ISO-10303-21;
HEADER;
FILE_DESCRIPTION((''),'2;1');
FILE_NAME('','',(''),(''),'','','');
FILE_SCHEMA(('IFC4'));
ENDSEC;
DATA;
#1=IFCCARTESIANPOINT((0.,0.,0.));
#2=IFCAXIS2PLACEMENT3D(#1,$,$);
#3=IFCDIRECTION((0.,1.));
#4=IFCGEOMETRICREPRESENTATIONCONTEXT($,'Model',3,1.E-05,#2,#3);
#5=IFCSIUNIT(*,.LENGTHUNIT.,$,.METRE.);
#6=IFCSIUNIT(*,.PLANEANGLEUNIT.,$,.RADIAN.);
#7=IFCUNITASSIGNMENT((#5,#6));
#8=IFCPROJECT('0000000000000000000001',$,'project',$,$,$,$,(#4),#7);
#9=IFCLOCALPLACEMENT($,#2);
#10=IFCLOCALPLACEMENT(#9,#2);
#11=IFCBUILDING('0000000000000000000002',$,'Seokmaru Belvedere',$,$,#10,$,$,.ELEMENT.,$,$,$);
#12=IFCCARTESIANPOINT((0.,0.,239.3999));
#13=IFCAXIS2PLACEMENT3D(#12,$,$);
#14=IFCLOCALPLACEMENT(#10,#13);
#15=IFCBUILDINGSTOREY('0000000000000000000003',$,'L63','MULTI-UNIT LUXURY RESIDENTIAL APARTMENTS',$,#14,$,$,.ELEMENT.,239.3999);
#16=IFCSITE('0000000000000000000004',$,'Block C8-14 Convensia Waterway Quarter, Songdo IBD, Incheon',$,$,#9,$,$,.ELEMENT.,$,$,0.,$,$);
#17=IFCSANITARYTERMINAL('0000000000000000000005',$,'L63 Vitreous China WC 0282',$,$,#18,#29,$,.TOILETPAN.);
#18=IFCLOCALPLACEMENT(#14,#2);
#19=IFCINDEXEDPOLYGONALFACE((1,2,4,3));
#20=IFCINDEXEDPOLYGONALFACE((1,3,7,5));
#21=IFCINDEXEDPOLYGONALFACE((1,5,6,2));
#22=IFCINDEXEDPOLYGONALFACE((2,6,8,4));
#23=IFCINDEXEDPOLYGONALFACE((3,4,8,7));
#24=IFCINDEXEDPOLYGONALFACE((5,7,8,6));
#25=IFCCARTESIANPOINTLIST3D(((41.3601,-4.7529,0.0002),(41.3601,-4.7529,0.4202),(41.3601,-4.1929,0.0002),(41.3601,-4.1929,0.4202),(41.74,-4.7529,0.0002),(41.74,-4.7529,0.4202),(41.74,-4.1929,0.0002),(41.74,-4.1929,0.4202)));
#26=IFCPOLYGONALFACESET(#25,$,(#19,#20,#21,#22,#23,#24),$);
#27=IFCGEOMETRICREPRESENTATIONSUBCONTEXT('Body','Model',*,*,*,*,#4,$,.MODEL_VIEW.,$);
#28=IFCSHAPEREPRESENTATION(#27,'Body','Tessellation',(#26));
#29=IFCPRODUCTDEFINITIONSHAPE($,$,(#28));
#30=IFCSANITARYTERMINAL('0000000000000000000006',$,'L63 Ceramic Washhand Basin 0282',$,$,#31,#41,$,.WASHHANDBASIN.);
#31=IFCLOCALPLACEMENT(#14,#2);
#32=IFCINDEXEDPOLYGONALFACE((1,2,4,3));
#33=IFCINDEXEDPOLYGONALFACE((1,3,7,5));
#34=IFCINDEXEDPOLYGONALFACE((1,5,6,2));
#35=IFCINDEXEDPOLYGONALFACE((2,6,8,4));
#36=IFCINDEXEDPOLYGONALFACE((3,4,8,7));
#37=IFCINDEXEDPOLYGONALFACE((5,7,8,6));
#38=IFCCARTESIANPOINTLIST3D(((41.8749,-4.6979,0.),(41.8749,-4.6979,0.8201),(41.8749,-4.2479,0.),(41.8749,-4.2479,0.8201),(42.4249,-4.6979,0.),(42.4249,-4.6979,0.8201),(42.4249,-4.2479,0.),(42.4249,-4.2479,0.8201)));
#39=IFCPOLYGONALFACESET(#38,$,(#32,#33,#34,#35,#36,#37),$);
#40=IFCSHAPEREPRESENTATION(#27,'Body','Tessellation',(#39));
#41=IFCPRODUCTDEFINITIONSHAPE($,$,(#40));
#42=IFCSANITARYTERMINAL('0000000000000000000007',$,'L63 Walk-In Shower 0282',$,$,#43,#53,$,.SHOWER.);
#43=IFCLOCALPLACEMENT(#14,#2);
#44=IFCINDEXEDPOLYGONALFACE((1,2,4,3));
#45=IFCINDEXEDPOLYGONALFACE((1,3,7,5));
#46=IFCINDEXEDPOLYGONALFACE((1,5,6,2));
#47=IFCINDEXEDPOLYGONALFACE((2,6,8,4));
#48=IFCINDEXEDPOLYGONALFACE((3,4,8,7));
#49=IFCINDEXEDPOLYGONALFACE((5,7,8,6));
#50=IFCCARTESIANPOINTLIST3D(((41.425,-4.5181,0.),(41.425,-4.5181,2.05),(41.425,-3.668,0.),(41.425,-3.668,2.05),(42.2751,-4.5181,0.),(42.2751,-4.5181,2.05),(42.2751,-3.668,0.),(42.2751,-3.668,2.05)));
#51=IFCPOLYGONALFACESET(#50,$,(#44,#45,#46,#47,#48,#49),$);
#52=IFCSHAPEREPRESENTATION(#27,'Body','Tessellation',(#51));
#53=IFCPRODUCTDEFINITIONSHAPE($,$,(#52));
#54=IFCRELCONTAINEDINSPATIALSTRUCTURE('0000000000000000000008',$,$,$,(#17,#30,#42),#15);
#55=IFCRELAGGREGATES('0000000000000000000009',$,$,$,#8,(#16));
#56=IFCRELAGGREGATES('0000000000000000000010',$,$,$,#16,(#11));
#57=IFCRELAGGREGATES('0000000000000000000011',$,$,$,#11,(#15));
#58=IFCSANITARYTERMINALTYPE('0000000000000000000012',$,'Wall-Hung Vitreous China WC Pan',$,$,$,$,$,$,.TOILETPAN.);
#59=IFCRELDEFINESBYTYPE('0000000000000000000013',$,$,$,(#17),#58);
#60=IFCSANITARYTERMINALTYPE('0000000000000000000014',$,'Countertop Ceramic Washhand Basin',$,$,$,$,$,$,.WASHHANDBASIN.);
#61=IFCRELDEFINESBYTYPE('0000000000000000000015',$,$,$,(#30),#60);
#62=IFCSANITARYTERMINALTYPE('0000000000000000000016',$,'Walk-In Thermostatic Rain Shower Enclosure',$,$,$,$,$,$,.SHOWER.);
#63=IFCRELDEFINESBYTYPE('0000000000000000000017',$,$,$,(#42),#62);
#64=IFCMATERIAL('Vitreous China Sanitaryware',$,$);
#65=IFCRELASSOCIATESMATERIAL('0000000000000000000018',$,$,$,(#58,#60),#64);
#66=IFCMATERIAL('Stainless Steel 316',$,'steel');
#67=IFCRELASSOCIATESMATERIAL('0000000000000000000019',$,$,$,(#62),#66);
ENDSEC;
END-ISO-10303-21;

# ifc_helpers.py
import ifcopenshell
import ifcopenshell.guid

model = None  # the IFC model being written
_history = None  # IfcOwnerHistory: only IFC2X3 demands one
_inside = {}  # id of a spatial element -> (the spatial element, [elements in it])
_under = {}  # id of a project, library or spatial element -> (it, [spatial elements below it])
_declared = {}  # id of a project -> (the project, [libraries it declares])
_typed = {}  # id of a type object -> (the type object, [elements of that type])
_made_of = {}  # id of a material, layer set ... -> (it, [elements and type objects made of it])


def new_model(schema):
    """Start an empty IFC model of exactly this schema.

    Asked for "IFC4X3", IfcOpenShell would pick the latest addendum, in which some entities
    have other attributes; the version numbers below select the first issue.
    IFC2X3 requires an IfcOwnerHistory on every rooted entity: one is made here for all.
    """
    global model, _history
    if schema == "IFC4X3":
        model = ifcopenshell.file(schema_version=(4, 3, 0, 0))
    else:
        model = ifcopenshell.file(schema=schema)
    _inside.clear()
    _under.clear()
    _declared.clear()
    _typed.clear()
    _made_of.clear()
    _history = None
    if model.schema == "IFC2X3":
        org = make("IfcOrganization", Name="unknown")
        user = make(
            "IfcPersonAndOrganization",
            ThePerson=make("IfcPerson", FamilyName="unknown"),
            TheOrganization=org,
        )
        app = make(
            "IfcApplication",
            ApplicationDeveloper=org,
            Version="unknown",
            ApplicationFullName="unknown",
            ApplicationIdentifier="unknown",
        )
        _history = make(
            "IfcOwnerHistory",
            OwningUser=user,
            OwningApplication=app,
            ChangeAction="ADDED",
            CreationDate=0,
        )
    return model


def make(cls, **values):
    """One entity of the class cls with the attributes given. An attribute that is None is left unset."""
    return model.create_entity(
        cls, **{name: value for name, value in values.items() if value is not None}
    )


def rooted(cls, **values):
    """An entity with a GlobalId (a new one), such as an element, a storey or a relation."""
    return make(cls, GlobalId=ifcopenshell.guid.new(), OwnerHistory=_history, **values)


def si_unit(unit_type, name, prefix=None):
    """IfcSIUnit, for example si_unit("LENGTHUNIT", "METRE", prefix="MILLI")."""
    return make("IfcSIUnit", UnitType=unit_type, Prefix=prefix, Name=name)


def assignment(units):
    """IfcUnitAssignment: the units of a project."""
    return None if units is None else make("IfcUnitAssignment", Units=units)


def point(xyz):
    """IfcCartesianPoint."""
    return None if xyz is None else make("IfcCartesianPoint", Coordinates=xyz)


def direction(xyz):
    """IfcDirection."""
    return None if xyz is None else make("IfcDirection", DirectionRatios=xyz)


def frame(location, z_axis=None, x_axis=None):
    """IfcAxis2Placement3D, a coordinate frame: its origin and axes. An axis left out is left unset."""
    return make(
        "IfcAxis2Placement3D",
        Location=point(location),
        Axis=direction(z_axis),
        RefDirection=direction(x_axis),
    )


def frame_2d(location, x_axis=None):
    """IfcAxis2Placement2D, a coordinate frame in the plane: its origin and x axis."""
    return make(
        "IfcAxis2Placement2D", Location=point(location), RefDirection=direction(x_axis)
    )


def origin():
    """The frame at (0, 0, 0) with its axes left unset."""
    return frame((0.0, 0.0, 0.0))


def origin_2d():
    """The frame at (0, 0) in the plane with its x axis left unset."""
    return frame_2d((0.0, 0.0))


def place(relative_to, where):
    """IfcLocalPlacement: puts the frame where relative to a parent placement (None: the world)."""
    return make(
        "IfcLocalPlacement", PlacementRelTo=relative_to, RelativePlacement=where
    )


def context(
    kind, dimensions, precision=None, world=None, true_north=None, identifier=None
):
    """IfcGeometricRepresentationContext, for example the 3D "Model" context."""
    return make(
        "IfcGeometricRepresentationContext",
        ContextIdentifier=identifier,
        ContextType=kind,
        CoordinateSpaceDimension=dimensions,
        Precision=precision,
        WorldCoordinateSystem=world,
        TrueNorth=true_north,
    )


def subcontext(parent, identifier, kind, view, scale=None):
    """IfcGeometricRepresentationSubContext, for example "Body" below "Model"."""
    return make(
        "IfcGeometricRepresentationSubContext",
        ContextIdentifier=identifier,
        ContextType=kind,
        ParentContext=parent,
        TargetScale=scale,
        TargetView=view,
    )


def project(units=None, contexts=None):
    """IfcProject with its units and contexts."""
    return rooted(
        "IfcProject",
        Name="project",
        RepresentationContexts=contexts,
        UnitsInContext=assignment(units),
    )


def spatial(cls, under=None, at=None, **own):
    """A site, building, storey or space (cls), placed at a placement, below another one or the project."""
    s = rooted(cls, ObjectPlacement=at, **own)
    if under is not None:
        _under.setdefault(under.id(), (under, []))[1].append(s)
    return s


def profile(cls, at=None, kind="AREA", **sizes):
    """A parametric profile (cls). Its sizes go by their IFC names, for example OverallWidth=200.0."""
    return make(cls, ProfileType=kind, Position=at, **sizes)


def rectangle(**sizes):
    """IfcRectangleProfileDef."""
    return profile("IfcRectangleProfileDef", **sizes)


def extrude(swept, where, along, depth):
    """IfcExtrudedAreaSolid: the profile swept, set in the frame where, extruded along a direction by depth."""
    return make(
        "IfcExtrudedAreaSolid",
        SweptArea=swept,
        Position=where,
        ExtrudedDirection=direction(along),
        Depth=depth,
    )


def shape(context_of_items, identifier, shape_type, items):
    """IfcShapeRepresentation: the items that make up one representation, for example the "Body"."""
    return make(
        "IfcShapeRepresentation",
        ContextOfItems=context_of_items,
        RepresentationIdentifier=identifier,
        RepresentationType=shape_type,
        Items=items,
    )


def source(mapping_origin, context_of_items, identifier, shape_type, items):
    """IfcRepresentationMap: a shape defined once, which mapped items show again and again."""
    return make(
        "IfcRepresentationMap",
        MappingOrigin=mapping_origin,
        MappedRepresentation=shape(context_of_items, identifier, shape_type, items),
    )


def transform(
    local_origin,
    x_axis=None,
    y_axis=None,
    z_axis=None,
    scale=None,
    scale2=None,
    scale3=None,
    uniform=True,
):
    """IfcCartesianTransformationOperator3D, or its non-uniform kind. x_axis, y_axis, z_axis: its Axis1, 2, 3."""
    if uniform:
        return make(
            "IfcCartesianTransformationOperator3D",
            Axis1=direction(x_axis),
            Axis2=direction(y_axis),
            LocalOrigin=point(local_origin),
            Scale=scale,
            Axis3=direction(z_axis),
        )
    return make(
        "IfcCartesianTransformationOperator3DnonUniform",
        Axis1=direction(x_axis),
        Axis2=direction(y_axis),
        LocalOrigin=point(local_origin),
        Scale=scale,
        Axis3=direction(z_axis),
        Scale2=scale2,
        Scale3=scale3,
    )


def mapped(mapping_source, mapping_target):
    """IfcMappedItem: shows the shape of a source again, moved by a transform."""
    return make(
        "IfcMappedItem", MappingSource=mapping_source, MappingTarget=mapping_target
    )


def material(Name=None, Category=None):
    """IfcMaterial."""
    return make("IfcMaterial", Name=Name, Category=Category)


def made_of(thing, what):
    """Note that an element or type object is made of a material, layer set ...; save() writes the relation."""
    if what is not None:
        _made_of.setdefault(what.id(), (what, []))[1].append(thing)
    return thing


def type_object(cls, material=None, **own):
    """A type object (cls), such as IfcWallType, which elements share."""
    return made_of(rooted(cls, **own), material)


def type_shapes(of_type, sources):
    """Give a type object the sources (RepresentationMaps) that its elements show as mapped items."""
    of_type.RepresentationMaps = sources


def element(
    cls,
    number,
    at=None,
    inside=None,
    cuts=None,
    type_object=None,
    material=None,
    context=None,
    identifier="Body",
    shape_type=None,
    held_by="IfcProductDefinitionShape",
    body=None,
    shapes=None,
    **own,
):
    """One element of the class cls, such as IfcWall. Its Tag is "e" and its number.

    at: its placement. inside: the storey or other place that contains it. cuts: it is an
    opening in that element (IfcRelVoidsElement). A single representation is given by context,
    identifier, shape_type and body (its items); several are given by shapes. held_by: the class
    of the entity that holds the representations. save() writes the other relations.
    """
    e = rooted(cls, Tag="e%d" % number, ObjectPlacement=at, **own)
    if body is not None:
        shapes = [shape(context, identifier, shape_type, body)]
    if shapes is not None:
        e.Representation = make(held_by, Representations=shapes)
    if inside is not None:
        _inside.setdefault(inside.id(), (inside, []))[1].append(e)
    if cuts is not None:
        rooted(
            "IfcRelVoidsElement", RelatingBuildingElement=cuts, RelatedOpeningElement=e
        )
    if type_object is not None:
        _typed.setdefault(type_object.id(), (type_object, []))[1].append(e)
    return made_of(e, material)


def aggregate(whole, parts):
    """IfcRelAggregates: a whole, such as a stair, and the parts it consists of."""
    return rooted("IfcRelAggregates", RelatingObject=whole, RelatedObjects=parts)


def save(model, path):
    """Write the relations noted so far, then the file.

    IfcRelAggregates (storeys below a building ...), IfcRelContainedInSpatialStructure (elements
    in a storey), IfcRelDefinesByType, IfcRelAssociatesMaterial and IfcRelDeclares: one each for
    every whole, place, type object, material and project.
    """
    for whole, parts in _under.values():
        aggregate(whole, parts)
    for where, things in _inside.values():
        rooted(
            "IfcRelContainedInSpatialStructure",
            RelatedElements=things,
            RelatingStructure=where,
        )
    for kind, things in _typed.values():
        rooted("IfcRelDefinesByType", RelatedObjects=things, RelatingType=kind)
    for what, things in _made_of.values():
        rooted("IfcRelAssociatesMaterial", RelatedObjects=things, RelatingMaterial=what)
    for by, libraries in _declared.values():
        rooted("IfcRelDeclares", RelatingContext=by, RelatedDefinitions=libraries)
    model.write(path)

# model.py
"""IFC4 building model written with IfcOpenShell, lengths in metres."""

from ifc_helpers import new_model, si_unit, direction, frame, origin, origin_2d, place, context, subcontext, project, spatial, rectangle, extrude, source, transform, mapped, material, type_object, type_shapes, element, save


model = new_model("IFC4")

# Units and contexts
model_context = context("Model", 3, precision=1e-05, world=origin(), true_north=direction((0.0, 1.0)))
body_context = subcontext(model_context, "Body", "Model", "MODEL_VIEW")
ifc_project = project(units=[si_unit("LENGTHUNIT", "METRE"), si_unit("PLANEANGLEUNIT", "RADIAN")], contexts=[model_context])

# Site, building, storey
site_placement = place(None, origin())
site = spatial("IfcSite", under=ifc_project, at=site_placement, Name="Block C8-14 Convensia Waterway Quarter, Songdo IBD, Incheon", CompositionType="ELEMENT", RefElevation=0.0)
building_placement = place(site_placement, origin())
building = spatial("IfcBuilding", under=site, at=building_placement, Name="Seokmaru Belvedere", CompositionType="ELEMENT")
storey_placement = place(building_placement, frame((0.0, 0.0, 239.3999)))
storey = spatial("IfcBuildingStorey", under=building, at=storey_placement, Name="L63", Description="MULTI-UNIT LUXURY RESIDENTIAL APARTMENTS", CompositionType="ELEMENT", Elevation=239.3999)

# Sanitary terminals
ifc_material_1 = material(Name="Vitreous China Sanitaryware")
sanitary_terminal_type_1 = type_object("IfcSanitaryTerminalType", Name="Wall-Hung Vitreous China WC Pan", PredefinedType="TOILETPAN", material=ifc_material_1)
shared_shape_1 = source(origin(), body_context, "Body", "SweptSolid", [
    extrude(rectangle(XDim=0.3799, YDim=0.5601, at=origin_2d()), origin(), (0.0, 0.0, 1.0), 0.4199),
])
type_shapes(sanitary_terminal_type_1, [shared_shape_1])
sanitary_terminal_1_placement = place(storey_placement, frame((41.55, -4.4729, 0.0002), z_axis=(0.0, 0.0, 1.0), x_axis=(1.0, 0.0, 0.0)))
element("IfcSanitaryTerminal", 1, at=sanitary_terminal_1_placement, inside=storey, type_object=sanitary_terminal_type_1, Name="L63 Vitreous China WC 0282", PredefinedType="TOILETPAN", context=body_context, shape_type="MappedRepresentation", body=[
    mapped(shared_shape_1, transform((0.0, 0.0, 0.0), scale=1.0)),
])
sanitary_terminal_type_2 = type_object("IfcSanitaryTerminalType", Name="Countertop Ceramic Washhand Basin", PredefinedType="WASHHANDBASIN", material=ifc_material_1)
shared_shape_2 = source(origin(), body_context, "Body", "SweptSolid", [
    extrude(rectangle(XDim=0.55, YDim=0.45, at=origin_2d()), origin(), (0.0, 0.0, 1.0), 0.8201),
])
type_shapes(sanitary_terminal_type_2, [shared_shape_2])
sanitary_terminal_2_placement = place(storey_placement, frame((42.1499, -4.4729, 0.0), z_axis=(0.0, 0.0, 1.0), x_axis=(1.0, 0.0, 0.0)))
element("IfcSanitaryTerminal", 2, at=sanitary_terminal_2_placement, inside=storey, type_object=sanitary_terminal_type_2, Name="L63 Ceramic Washhand Basin 0282", PredefinedType="WASHHANDBASIN", context=body_context, shape_type="MappedRepresentation", body=[
    mapped(shared_shape_2, transform((0.0, 0.0, 0.0), scale=1.0)),
])
ifc_material_2 = material(Name="Stainless Steel 316", Category="steel")
sanitary_terminal_type_3 = type_object("IfcSanitaryTerminalType", Name="Walk-In Thermostatic Rain Shower Enclosure", PredefinedType="SHOWER", material=ifc_material_2)
shared_shape_3 = source(origin(), body_context, "Body", "SweptSolid", [
    extrude(rectangle(XDim=0.8501, YDim=0.8501, at=origin_2d()), origin(), (0.0, 0.0, 1.0), 2.05),
])
type_shapes(sanitary_terminal_type_3, [shared_shape_3])
sanitary_terminal_3_placement = place(storey_placement, frame((41.8501, -4.093, 0.0), z_axis=(0.0, 0.0, 1.0), x_axis=(1.0, 0.0, 0.0)))
element("IfcSanitaryTerminal", 3, at=sanitary_terminal_3_placement, inside=storey, type_object=sanitary_terminal_type_3, Name="L63 Walk-In Shower 0282", PredefinedType="SHOWER", context=body_context, shape_type="MappedRepresentation", body=[
    mapped(shared_shape_3, transform((0.0, 0.0, 0.0), scale=1.0)),
])

save(model, "model.ifc")
